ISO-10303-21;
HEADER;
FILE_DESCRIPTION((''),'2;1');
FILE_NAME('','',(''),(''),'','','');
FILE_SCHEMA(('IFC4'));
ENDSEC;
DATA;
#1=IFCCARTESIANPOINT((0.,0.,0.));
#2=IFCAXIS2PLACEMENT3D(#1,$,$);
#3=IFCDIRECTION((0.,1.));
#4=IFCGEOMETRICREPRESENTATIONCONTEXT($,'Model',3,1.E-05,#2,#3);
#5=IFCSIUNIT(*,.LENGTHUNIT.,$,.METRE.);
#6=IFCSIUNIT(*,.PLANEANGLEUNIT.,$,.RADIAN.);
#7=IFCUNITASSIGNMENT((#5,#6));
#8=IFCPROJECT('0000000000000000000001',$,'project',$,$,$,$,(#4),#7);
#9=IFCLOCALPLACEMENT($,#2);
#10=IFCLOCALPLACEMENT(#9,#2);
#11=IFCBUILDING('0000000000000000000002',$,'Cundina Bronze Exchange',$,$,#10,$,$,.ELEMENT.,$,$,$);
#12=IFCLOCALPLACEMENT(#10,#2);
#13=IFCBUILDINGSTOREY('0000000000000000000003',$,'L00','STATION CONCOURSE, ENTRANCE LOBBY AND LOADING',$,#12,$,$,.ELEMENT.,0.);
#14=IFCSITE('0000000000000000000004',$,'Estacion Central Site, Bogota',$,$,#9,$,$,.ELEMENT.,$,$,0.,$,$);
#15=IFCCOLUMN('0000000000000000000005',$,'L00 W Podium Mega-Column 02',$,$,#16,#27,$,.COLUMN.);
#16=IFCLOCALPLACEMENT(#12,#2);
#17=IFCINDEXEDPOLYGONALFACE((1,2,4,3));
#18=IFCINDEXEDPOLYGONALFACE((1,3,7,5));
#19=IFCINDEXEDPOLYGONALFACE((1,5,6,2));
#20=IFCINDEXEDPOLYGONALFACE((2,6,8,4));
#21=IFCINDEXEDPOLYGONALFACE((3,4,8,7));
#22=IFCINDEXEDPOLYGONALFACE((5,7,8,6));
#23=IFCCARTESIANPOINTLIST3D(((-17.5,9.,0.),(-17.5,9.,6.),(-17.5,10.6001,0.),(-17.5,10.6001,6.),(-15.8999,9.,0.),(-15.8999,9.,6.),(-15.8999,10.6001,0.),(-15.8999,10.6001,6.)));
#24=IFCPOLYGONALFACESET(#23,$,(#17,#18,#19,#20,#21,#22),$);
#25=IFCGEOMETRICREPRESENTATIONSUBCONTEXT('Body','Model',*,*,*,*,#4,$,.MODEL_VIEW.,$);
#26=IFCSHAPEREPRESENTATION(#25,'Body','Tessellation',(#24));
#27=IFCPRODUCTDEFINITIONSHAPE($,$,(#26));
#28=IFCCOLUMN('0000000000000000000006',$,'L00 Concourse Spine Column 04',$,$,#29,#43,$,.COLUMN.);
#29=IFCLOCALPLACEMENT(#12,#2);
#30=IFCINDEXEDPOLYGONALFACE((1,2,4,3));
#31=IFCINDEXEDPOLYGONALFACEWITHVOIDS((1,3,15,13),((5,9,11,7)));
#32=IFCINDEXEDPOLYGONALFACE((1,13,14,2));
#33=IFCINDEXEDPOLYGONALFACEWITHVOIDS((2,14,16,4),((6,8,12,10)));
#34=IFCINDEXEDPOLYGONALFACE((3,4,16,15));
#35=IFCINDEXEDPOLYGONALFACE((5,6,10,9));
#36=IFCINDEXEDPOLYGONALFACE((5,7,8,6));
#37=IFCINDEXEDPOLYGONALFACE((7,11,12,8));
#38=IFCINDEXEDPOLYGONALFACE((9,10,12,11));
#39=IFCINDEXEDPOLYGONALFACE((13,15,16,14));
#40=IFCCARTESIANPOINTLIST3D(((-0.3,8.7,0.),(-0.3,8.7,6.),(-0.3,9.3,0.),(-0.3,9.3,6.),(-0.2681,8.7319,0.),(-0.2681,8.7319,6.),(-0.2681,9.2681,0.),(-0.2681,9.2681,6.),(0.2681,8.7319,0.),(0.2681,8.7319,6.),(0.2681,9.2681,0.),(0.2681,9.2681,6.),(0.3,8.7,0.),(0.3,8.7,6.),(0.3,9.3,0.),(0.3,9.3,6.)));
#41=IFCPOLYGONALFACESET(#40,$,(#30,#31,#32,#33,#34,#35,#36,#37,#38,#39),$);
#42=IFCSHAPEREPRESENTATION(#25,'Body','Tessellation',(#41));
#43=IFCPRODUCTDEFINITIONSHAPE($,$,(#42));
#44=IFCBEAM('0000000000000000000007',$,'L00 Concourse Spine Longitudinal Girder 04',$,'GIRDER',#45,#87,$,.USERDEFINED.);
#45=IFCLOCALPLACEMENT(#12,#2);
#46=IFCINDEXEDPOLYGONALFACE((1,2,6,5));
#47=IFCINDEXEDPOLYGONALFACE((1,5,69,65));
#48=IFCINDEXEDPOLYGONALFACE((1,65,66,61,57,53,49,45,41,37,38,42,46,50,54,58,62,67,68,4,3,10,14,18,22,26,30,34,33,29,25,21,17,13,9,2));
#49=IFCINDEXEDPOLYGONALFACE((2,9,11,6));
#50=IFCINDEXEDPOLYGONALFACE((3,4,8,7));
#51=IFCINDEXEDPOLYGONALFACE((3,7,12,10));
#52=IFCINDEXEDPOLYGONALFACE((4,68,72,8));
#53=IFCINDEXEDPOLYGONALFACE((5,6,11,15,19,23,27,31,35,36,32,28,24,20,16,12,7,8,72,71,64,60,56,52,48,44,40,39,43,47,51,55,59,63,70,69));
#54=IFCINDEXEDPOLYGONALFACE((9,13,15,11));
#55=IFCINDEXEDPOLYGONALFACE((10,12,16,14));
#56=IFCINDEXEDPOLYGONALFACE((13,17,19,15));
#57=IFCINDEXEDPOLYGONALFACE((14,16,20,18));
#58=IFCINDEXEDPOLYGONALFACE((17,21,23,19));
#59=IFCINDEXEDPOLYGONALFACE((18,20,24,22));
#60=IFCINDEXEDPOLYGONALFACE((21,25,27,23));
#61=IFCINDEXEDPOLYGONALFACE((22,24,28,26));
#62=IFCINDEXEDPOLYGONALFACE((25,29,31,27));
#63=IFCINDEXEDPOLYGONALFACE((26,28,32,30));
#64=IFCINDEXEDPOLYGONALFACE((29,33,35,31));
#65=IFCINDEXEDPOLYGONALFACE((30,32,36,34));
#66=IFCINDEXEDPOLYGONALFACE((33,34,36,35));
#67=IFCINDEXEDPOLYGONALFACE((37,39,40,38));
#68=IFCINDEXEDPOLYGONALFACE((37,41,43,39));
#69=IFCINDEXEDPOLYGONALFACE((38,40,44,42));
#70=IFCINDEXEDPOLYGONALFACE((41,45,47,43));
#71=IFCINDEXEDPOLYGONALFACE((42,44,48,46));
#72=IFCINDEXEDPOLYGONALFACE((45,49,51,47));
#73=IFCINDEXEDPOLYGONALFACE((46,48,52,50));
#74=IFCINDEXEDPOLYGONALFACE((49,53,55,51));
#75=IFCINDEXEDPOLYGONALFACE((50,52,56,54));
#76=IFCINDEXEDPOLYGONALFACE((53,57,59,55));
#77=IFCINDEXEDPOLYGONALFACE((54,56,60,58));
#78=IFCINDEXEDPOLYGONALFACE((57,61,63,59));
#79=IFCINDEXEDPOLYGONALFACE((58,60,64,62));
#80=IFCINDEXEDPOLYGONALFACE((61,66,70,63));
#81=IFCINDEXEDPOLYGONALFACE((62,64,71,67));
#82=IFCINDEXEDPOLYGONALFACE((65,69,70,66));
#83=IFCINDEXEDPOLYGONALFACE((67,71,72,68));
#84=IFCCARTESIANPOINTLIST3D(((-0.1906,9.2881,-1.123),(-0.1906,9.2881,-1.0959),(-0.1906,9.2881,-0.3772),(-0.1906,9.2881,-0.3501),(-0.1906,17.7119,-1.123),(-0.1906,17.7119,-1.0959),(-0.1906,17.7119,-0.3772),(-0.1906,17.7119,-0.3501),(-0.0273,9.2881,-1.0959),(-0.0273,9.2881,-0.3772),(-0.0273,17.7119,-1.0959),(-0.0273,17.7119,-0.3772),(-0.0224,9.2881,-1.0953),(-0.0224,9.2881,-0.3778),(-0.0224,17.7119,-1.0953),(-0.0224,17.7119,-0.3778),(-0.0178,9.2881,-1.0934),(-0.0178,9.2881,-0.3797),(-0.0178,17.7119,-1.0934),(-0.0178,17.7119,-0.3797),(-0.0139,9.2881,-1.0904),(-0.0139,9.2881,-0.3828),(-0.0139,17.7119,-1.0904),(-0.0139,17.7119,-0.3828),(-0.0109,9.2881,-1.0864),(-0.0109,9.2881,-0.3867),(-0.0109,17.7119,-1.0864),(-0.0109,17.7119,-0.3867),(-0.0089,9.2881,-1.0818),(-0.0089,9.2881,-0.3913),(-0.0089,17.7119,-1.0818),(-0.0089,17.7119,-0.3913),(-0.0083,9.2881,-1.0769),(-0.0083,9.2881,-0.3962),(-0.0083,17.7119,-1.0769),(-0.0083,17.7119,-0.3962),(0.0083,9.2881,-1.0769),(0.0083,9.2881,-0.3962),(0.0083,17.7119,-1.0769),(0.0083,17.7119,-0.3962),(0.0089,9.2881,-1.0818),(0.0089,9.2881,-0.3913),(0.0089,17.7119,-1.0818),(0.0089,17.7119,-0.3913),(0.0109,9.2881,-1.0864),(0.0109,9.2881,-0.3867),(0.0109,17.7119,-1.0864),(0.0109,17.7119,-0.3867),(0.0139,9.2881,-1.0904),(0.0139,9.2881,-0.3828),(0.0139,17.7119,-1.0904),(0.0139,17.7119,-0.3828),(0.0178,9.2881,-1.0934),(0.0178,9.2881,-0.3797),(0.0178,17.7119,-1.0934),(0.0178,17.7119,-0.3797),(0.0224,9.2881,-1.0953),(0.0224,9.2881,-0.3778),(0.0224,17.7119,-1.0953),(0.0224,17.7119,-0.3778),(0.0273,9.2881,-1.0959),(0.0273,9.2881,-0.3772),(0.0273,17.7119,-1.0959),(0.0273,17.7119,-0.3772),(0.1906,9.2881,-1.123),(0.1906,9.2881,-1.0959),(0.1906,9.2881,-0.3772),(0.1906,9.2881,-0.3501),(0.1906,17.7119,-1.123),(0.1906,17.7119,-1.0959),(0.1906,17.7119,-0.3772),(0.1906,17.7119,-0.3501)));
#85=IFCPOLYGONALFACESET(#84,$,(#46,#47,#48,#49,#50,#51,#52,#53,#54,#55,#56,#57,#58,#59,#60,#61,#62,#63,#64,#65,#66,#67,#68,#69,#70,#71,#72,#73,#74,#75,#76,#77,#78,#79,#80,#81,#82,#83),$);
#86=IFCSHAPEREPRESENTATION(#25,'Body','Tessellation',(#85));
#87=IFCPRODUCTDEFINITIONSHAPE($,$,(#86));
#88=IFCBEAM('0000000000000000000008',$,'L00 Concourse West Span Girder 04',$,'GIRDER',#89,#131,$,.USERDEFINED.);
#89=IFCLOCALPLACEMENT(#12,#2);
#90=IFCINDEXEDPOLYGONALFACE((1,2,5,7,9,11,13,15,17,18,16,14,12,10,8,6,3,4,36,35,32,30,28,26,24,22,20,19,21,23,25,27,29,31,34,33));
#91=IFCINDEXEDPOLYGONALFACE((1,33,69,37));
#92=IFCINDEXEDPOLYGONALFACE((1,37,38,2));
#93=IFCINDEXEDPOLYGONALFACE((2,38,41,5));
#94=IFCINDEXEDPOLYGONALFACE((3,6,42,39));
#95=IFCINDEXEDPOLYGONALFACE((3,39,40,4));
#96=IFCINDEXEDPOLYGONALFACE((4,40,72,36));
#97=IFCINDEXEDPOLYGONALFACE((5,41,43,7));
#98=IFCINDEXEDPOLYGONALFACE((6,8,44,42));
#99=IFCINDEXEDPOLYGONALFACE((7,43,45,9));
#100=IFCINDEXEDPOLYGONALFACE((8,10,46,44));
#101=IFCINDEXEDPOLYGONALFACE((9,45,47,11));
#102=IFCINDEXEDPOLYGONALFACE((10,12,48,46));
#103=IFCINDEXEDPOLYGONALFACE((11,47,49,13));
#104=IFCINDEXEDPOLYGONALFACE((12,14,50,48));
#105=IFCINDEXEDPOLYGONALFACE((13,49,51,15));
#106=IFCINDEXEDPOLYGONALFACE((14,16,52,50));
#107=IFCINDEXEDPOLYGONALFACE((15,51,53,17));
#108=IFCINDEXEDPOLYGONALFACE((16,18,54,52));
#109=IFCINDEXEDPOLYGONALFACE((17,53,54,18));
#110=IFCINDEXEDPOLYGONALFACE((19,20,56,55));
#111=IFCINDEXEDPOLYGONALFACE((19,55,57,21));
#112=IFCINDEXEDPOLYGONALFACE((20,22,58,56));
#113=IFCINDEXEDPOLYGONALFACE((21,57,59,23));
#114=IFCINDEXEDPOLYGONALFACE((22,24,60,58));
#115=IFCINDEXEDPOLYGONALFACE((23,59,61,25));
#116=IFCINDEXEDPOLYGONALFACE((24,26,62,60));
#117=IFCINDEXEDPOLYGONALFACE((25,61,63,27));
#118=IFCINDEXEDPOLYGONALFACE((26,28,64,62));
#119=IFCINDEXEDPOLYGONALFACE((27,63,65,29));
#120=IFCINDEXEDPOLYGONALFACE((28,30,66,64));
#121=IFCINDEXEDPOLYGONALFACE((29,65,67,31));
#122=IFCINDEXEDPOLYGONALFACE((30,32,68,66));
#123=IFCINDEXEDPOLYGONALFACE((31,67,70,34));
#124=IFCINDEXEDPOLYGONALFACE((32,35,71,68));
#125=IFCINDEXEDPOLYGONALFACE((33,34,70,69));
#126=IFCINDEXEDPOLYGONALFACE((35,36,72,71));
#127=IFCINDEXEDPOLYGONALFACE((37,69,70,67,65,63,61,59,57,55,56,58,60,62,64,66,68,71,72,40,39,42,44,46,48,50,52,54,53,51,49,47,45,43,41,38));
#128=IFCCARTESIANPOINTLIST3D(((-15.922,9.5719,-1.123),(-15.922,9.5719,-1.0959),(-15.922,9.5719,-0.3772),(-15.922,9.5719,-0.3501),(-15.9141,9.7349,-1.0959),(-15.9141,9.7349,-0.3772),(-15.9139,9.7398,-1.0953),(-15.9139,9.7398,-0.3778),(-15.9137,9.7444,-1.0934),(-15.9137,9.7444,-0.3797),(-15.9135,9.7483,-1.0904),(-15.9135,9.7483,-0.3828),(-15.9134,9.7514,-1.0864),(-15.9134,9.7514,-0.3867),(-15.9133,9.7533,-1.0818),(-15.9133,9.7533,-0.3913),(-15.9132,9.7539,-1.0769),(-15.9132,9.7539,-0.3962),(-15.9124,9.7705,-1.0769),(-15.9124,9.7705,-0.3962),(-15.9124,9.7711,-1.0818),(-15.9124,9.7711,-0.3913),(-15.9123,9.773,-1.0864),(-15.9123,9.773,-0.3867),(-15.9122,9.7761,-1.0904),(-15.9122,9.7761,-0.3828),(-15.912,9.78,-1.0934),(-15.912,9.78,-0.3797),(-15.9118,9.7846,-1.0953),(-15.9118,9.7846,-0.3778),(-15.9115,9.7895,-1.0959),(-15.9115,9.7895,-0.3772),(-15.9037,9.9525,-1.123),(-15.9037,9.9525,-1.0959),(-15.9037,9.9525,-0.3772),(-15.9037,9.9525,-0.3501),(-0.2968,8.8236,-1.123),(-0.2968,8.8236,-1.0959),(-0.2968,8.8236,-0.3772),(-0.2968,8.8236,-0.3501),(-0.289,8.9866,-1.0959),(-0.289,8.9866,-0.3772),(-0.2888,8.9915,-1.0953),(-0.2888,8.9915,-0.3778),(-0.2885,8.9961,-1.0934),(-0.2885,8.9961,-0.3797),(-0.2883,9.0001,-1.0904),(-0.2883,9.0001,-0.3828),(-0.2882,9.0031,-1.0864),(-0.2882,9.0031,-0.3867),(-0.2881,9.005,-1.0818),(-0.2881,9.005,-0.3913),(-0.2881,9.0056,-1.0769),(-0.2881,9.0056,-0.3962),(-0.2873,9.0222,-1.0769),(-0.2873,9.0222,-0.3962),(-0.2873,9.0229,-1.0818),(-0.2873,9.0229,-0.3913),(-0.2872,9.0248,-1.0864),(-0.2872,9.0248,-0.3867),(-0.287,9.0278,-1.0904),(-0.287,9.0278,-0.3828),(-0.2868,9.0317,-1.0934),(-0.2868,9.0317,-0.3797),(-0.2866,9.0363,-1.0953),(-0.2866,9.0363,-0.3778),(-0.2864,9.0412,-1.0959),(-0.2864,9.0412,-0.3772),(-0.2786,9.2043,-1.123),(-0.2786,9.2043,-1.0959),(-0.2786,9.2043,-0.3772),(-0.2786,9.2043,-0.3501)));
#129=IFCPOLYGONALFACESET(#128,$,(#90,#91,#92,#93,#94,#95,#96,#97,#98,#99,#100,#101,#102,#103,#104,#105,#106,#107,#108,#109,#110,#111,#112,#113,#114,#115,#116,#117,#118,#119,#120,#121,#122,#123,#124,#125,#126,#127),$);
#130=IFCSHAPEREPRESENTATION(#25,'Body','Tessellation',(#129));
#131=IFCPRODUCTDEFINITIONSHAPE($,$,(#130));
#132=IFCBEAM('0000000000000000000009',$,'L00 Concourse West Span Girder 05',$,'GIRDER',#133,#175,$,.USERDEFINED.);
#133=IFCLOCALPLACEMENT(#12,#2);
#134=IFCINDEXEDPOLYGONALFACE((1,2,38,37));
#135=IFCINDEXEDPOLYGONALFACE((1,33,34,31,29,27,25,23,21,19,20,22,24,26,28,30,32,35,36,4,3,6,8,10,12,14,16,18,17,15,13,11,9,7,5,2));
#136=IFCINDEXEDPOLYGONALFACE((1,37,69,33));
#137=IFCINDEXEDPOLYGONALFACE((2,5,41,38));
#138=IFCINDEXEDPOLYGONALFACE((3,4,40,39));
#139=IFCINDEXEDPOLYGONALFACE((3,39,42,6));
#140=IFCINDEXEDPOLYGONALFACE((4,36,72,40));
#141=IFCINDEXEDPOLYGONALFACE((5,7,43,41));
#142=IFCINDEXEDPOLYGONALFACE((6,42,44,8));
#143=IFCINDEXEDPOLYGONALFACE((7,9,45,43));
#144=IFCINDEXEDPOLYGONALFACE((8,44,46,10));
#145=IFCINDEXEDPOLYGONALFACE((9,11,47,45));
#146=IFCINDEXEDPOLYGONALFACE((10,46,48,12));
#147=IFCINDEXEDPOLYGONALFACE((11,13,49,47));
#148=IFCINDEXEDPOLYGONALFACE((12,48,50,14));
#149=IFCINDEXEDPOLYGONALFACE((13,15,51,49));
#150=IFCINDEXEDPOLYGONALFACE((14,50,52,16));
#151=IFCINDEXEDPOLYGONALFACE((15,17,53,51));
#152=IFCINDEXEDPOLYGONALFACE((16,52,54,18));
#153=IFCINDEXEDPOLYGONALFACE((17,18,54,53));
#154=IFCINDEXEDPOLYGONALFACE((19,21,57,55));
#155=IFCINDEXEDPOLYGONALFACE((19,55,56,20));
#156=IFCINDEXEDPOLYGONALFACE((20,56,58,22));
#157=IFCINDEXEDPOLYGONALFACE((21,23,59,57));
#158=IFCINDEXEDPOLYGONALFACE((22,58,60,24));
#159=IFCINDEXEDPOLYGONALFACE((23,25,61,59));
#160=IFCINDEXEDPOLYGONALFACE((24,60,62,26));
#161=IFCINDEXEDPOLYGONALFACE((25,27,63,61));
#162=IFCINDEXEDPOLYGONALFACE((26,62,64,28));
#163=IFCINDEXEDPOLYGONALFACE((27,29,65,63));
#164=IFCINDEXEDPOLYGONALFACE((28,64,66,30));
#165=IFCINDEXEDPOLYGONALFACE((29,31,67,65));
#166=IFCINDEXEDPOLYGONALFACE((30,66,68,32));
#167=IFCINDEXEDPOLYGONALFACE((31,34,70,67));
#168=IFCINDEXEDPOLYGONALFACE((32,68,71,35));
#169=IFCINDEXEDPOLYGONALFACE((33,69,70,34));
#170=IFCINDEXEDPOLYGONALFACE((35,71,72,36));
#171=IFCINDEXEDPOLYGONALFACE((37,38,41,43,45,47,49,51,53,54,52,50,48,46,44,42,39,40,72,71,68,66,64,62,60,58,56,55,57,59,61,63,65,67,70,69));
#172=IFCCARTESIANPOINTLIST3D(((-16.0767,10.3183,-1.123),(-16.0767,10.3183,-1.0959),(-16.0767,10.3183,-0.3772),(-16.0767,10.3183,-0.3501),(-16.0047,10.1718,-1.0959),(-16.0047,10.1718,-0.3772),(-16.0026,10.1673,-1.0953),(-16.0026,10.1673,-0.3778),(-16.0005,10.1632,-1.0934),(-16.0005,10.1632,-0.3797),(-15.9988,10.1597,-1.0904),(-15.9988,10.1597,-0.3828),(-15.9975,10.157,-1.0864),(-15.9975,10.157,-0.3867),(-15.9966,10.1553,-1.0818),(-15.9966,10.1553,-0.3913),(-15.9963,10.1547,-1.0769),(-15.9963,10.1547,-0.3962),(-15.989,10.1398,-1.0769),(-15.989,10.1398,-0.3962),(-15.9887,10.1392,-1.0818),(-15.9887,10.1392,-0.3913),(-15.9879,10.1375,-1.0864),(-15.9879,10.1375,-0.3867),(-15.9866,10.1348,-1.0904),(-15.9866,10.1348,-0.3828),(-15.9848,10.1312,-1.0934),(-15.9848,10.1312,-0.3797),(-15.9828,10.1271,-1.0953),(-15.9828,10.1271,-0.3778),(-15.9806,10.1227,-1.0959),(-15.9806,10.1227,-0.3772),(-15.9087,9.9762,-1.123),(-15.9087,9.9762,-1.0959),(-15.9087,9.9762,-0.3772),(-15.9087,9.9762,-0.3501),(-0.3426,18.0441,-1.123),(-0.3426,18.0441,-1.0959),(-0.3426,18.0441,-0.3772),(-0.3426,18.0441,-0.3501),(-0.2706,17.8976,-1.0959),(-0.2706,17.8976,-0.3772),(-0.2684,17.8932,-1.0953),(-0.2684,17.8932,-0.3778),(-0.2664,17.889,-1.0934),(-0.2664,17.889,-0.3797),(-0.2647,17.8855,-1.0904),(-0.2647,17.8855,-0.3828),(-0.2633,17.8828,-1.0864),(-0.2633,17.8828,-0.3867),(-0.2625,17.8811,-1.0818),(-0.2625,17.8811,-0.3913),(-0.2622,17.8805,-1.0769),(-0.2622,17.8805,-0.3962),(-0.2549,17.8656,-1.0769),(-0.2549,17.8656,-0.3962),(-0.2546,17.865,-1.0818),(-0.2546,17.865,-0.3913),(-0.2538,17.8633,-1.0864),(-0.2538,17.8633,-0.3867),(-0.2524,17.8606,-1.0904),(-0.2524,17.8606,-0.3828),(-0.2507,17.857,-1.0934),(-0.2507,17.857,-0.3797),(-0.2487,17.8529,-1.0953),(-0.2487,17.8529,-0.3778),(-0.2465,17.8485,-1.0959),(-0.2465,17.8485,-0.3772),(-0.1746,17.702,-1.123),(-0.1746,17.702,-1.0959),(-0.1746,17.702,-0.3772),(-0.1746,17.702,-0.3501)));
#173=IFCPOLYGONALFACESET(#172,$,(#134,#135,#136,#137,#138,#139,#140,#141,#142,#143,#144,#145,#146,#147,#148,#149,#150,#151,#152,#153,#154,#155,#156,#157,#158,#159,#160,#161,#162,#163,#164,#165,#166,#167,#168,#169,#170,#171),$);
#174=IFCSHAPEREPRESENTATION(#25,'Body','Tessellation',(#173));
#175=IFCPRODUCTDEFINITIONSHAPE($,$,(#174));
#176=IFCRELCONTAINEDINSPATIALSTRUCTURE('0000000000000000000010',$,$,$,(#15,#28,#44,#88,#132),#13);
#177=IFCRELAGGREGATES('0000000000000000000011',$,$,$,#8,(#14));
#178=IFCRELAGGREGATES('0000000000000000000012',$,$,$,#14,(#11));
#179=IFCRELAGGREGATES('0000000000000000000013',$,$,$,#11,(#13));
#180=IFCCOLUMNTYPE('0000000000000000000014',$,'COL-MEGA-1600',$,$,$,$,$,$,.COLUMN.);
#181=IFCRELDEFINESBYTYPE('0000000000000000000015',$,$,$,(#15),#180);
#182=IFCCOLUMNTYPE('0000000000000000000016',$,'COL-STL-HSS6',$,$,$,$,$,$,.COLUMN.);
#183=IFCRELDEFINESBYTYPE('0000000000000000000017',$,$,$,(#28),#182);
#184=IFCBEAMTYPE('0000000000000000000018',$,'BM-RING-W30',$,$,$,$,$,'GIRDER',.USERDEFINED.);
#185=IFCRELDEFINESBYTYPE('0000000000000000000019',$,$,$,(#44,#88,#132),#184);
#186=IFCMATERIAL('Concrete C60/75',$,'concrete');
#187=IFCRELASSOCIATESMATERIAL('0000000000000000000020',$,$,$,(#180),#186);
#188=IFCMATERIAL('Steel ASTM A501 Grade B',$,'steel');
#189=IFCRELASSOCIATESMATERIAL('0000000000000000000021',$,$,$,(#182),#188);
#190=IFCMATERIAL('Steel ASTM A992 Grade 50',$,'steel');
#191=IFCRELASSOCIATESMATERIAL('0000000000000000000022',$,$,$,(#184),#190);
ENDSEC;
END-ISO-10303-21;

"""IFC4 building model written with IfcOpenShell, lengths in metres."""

from ifc_helpers import new_model, si_unit, direction, frame, origin, origin_2d, place, context, subcontext, project, spatial, rectangle, hollow_rectangle, i_section, extrude, material, material_profile, profile_set, type_object, element, save


model = new_model("IFC4")

# Units and contexts
model_context = context("Model", 3, precision=1e-05, world=origin(), true_north=direction((0.0, 1.0)))
body_context = subcontext(model_context, "Body", "Model", "MODEL_VIEW")
ifc_project = project(units=[si_unit("LENGTHUNIT", "METRE"), si_unit("PLANEANGLEUNIT", "RADIAN")], contexts=[model_context])

# Site, building, storey
site_placement = place(None, origin())
site = spatial("IfcSite", under=ifc_project, at=site_placement, Name="Estacion Central Site, Bogota", CompositionType="ELEMENT", RefElevation=0.0)
building_placement = place(site_placement, origin())
building = spatial("IfcBuilding", under=site, at=building_placement, Name="Cundina Bronze Exchange", CompositionType="ELEMENT")
storey_placement = place(building_placement, origin())
storey = spatial("IfcBuildingStorey", under=building, at=storey_placement, Name="L00", Description="STATION CONCOURSE, ENTRANCE LOBBY AND LOADING", CompositionType="ELEMENT", Elevation=0.0)

# Columns
ifc_material_1 = material(Name="Concrete C60/75", Category="concrete")
ifc_material_profile_1 = material_profile(ifc_material_1, rectangle(XDim=1.6001, YDim=1.6001, at=origin_2d()), Name="RC1600X1600", Category="concrete")
ifc_profile_set_1 = profile_set([ifc_material_profile_1], Name="Concrete C60/75")
column_type_1 = type_object("IfcColumnType", Name="COL-MEGA-1600", PredefinedType="COLUMN", material=ifc_profile_set_1)
column_1_placement = place(storey_placement, frame((-16.7, 9.8, 0.0), z_axis=(0.0, 0.0, 1.0), x_axis=(1.0, 0.0, 0.0)))
element("IfcColumn", 1, at=column_1_placement, inside=storey, type_object=column_type_1, Name="L00 W Podium Mega-Column 02", PredefinedType="COLUMN", context=body_context, shape_type="SweptSolid", body=[
    extrude(rectangle(XDim=1.6001, YDim=1.6001, at=origin_2d()), origin(), (0.0, 0.0, 1.0), 6.0),
])
ifc_material_2 = material(Name="Steel ASTM A501 Grade B", Category="steel")
ifc_material_profile_2 = material_profile(ifc_material_2, hollow_rectangle(XDim=0.6001, YDim=0.6001, WallThickness=0.032, at=origin_2d()), Name="HSS600X600X32", Category="steel")
ifc_profile_set_2 = profile_set([ifc_material_profile_2], Name="Steel ASTM A501 Grade B")
column_type_2 = type_object("IfcColumnType", Name="COL-STL-HSS6", PredefinedType="COLUMN", material=ifc_profile_set_2)
column_2_placement = place(storey_placement, frame((0.0, 9.0, 0.0), z_axis=(0.0, 0.0, 1.0), x_axis=(1.0, 0.0, 0.0)))
element("IfcColumn", 2, at=column_2_placement, inside=storey, type_object=column_type_2, Name="L00 Concourse Spine Column 04", PredefinedType="COLUMN", context=body_context, shape_type="SweptSolid", body=[
    extrude(hollow_rectangle(XDim=0.6001, YDim=0.6001, WallThickness=0.032, at=origin_2d()), origin(), (0.0, 0.0, 1.0), 6.0),
])

# Beams
ifc_material_3 = material(Name="Steel ASTM A992 Grade 50", Category="steel")
ifc_material_profile_3 = material_profile(ifc_material_3, i_section(OverallWidth=0.3811, OverallDepth=0.7729, WebThickness=0.0166, FlangeThickness=0.0271, FilletRadius=0.019, at=origin_2d()), Name="W30X173", Category="steel")
ifc_profile_set_3 = profile_set([ifc_material_profile_3], Name="Steel ASTM A992 Grade 50")
beam_type = type_object("IfcBeamType", Name="BM-RING-W30", ElementType="GIRDER", PredefinedType="USERDEFINED", material=ifc_profile_set_3)
beam_1_placement = place(storey_placement, frame((0.0, 9.2881, -0.7366), z_axis=(0.0, 1.0, 0.0), x_axis=(-1.0, 0.0, 0.0)))
element("IfcBeam", 3, at=beam_1_placement, inside=storey, type_object=beam_type, Name="L00 Concourse Spine Longitudinal Girder 04", ObjectType="GIRDER", PredefinedType="USERDEFINED", context=body_context, shape_type="SweptSolid", body=[
    extrude(i_section(OverallWidth=0.3811, OverallDepth=0.7729, WebThickness=0.0166, FlangeThickness=0.0271, FilletRadius=0.019, at=origin_2d()), origin(), (0.0, 0.0, 1.0), 8.4238),
])
beam_2_placement = place(storey_placement, frame((-15.9128, 9.7622, -0.7366), z_axis=(0.998855, -0.047835, 0.0), x_axis=(0.047835, 0.998855, 0.0)))
element("IfcBeam", 4, at=beam_2_placement, inside=storey, type_object=beam_type, Name="L00 Concourse West Span Girder 04", ObjectType="GIRDER", PredefinedType="USERDEFINED", context=body_context, shape_type="SweptSolid", body=[
    extrude(i_section(OverallWidth=0.3811, OverallDepth=0.7729, WebThickness=0.0166, FlangeThickness=0.0271, FilletRadius=0.019, at=origin_2d()), origin(), (0.0, 0.0, 1.0), 15.6431),
])
beam_3_placement = place(storey_placement, frame((-15.9927, 10.1472, -0.7366), z_axis=(0.897627, 0.440756, 0.0), x_axis=(-0.440756, 0.897627, 0.0)))
element("IfcBeam", 5, at=beam_3_placement, inside=storey, type_object=beam_type, Name="L00 Concourse West Span Girder 05", ObjectType="GIRDER", PredefinedType="USERDEFINED", context=body_context, shape_type="SweptSolid", body=[
    extrude(i_section(OverallWidth=0.3811, OverallDepth=0.7729, WebThickness=0.0166, FlangeThickness=0.0271, FilletRadius=0.019, at=origin_2d()), origin(), (0.0, 0.0, 1.0), 17.5286),
])

save(model, "model.ifc")
